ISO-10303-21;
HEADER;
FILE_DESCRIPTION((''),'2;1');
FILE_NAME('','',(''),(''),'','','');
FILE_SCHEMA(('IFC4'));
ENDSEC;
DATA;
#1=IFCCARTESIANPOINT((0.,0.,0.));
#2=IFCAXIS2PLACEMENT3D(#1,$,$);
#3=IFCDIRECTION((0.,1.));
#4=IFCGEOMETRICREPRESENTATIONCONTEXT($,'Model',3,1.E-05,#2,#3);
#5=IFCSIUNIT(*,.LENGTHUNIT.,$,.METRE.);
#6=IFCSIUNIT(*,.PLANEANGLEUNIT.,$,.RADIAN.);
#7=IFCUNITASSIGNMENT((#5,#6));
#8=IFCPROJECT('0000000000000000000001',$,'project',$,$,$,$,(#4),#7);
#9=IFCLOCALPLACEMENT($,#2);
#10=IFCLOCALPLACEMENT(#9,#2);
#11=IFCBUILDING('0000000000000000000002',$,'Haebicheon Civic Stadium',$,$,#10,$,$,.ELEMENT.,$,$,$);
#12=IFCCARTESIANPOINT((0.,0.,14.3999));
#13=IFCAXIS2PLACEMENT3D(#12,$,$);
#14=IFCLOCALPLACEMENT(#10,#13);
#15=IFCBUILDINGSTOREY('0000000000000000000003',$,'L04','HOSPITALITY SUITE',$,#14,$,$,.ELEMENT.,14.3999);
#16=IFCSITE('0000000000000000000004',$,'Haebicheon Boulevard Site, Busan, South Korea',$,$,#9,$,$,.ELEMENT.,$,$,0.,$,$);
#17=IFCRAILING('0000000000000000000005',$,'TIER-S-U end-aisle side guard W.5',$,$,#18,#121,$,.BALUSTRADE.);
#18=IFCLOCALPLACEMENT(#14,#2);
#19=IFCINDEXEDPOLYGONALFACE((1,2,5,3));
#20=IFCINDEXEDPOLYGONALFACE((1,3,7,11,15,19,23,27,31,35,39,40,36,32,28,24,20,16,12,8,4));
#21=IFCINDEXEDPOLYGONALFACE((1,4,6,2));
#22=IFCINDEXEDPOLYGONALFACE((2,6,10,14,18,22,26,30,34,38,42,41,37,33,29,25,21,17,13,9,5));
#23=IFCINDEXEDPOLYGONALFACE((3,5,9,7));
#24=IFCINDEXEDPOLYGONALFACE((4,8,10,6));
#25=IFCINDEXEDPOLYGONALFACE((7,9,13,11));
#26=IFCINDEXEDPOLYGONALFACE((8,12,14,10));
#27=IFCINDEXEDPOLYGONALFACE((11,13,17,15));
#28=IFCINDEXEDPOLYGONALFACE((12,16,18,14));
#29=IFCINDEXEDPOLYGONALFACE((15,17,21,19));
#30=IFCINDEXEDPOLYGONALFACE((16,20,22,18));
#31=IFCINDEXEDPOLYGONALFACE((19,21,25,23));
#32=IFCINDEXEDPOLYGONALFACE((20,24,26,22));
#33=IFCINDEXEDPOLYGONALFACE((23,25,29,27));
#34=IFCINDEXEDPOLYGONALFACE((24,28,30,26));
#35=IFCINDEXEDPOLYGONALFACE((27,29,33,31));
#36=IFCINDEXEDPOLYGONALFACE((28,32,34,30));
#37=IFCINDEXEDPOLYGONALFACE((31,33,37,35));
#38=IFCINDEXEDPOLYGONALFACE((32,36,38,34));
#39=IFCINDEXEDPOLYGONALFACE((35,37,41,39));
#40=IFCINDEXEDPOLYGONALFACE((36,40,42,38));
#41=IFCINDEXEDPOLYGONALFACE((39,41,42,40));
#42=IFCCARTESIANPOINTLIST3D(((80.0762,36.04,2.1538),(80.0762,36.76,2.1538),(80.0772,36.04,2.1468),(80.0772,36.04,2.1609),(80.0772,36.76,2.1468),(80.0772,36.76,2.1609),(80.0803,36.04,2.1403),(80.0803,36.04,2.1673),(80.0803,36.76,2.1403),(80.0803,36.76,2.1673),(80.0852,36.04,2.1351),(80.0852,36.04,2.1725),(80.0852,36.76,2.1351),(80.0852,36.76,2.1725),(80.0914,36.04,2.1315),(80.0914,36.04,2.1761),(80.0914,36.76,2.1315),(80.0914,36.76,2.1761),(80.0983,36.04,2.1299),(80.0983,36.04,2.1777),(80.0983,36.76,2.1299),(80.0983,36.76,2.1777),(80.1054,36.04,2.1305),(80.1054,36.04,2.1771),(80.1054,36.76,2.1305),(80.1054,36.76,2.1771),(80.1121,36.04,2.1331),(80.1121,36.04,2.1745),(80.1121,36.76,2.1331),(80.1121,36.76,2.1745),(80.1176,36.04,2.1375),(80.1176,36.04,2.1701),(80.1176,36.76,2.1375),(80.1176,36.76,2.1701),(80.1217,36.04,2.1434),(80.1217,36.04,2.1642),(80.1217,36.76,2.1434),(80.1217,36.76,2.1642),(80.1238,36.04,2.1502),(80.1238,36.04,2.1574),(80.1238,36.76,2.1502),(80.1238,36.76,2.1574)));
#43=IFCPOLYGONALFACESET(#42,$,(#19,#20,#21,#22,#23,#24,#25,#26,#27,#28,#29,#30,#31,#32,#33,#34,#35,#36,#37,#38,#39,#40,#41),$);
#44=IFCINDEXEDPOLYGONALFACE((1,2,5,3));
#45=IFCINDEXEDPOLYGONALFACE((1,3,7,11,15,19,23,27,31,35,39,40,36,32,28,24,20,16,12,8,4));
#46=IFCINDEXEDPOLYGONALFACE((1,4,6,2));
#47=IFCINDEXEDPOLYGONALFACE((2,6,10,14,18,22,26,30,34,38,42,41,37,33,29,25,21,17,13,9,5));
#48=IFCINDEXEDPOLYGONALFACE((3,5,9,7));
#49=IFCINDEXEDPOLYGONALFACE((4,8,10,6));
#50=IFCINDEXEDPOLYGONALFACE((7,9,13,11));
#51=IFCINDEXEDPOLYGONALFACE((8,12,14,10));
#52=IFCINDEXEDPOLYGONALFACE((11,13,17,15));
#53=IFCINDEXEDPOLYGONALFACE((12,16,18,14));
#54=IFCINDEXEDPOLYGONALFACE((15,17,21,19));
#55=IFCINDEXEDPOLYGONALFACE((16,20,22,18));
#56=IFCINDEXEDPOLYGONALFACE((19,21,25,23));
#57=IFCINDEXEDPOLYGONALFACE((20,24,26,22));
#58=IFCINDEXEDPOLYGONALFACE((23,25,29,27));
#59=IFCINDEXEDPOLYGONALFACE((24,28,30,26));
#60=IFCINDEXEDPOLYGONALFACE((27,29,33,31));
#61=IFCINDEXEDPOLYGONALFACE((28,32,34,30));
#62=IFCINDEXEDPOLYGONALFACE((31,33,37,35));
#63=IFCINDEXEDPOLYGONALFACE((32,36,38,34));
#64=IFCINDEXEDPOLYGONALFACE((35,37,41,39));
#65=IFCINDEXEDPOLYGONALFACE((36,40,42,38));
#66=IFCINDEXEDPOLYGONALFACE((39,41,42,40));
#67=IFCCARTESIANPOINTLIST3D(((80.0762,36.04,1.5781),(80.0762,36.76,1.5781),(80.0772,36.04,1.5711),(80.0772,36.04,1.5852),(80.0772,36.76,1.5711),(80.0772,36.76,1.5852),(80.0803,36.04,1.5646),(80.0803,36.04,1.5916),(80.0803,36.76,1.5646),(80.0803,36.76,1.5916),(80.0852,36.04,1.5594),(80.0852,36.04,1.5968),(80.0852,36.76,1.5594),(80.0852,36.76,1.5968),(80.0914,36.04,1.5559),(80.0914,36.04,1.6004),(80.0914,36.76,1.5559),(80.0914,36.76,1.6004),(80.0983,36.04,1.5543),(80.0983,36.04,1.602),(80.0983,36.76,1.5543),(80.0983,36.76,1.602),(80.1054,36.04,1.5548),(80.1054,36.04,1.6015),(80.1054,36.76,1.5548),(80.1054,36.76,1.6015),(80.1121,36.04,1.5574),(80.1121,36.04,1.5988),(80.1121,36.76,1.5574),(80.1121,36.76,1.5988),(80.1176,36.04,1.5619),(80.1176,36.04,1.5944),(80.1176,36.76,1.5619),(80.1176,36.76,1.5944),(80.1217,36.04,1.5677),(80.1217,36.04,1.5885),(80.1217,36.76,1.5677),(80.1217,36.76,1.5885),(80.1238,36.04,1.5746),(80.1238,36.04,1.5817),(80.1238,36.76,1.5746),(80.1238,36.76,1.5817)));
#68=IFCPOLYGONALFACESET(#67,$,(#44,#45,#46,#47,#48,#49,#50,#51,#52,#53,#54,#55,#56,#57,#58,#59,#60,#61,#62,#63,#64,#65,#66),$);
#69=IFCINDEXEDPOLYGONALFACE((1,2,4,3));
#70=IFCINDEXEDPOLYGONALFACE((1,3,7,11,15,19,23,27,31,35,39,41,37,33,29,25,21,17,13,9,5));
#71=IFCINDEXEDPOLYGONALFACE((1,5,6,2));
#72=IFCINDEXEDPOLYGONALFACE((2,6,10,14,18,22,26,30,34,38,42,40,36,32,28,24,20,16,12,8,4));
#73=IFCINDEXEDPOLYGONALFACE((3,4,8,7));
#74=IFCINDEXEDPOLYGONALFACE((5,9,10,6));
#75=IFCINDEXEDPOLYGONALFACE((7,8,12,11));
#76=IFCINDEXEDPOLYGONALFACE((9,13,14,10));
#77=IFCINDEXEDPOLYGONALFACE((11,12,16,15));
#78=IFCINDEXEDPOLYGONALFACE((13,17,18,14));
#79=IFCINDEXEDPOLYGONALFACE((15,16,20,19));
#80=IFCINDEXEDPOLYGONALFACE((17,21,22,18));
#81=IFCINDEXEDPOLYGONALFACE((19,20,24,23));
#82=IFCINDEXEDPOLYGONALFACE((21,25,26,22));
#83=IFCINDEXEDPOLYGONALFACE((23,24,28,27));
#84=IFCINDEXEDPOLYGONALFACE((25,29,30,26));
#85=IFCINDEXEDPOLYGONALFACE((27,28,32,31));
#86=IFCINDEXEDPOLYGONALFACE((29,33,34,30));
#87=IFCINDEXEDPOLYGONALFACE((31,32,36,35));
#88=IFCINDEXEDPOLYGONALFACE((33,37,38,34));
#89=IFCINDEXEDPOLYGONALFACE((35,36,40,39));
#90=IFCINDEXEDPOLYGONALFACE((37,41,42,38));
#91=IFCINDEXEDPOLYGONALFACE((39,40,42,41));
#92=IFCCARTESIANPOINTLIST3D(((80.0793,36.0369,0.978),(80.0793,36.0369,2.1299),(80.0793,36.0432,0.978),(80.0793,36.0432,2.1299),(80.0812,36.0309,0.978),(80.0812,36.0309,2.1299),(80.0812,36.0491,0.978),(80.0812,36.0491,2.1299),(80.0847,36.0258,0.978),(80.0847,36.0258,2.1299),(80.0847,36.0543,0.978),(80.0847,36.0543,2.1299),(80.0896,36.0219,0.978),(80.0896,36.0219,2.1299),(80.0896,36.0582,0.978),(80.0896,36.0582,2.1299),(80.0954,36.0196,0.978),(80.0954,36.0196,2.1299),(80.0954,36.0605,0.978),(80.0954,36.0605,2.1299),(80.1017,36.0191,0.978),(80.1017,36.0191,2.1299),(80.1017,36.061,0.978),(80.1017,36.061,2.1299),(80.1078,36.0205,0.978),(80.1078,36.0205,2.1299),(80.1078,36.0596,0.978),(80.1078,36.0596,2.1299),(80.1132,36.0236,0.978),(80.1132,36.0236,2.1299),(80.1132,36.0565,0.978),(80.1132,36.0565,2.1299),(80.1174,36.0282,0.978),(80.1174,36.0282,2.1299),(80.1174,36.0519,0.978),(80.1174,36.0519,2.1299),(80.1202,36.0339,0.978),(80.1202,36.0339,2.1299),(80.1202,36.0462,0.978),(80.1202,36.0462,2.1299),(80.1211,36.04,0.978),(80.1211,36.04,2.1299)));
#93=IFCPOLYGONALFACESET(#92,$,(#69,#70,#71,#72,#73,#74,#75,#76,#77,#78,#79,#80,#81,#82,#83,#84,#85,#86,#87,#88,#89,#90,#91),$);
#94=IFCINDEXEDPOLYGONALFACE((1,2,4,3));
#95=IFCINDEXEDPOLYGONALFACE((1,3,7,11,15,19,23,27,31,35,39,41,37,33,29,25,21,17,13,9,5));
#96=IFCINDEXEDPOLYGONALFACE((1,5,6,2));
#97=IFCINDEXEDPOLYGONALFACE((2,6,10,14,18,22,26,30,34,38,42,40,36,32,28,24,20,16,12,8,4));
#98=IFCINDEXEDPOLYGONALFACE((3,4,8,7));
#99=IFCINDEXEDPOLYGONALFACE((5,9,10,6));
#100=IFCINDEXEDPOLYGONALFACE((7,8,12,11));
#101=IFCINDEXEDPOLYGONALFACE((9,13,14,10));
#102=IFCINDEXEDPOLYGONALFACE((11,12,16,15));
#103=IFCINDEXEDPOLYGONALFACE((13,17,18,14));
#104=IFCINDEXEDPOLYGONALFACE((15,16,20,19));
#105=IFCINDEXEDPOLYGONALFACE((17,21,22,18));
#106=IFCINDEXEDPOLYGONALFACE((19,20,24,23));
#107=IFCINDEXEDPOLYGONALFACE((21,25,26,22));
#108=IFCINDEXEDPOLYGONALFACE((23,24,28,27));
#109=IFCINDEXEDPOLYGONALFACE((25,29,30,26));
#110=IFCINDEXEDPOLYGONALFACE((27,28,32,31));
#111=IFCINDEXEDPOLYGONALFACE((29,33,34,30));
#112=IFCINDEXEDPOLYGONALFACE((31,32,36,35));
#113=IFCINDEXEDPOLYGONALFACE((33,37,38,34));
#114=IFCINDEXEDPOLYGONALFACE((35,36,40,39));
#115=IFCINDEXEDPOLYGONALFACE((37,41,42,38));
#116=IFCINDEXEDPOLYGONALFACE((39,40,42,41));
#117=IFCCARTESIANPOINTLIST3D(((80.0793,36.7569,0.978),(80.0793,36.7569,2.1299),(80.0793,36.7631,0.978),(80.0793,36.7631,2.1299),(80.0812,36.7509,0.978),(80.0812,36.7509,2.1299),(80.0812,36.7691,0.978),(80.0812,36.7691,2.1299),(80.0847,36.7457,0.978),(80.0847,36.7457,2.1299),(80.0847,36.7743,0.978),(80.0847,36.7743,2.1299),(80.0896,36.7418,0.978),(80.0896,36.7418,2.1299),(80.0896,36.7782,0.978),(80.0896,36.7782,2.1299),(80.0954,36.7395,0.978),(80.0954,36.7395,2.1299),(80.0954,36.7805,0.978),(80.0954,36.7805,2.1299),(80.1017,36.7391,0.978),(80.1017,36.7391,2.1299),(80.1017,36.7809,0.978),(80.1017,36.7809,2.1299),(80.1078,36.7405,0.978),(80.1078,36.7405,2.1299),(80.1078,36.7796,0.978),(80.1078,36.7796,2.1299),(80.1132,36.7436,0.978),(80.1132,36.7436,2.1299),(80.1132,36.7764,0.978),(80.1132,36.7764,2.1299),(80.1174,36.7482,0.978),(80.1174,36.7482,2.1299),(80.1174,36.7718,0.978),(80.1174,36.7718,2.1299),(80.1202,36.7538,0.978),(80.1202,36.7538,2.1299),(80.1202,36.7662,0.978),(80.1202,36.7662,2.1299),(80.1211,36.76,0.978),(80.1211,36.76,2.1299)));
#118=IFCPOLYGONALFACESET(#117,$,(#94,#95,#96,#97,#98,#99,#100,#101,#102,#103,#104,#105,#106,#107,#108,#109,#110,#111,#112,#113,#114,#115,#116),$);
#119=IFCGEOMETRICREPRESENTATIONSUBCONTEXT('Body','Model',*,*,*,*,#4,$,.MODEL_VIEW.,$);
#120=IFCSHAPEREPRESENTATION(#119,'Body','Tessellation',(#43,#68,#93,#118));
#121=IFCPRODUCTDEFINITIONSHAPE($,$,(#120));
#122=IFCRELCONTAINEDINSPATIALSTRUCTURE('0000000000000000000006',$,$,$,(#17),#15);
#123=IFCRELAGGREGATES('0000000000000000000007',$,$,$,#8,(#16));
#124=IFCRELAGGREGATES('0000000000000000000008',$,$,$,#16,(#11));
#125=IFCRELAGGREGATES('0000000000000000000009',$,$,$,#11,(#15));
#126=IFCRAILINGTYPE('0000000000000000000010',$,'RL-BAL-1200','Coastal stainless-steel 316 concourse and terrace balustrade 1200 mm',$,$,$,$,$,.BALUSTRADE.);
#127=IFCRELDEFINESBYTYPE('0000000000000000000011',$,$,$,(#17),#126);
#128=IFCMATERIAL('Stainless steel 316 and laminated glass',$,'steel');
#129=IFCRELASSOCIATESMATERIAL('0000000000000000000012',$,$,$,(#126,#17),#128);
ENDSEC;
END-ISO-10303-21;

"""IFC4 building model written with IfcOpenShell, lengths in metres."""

from ifc_helpers import new_model, si_unit, direction, frame, origin, origin_2d, place, context, subcontext, project, spatial, circle, extrude, material, type_object, element, save


model = new_model("IFC4")

# Units and contexts
model_context = context("Model", 3, precision=1e-05, world=origin(), true_north=direction((0.0, 1.0)))
body_context = subcontext(model_context, "Body", "Model", "MODEL_VIEW")
ifc_project = project(units=[si_unit("LENGTHUNIT", "METRE"), si_unit("PLANEANGLEUNIT", "RADIAN")], contexts=[model_context])

# Site, building, storey
site_placement = place(None, origin())
site = spatial("IfcSite", under=ifc_project, at=site_placement, Name="Haebicheon Boulevard Site, Busan, South Korea", CompositionType="ELEMENT", RefElevation=0.0)
building_placement = place(site_placement, origin())
building = spatial("IfcBuilding", under=site, at=building_placement, Name="Haebicheon Civic Stadium", CompositionType="ELEMENT")
storey_placement = place(building_placement, frame((0.0, 0.0, 14.3999)))
storey = spatial("IfcBuildingStorey", under=building, at=storey_placement, Name="L04", Description="HOSPITALITY SUITE", CompositionType="ELEMENT", Elevation=14.3999)

# Railing
ifc_material_1 = material(Name="Stainless steel 316 and laminated glass", Category="steel")
railing_type = type_object("IfcRailingType", Name="RL-BAL-1200", Description="Coastal stainless-steel 316 concourse and terrace balustrade 1200 mm", PredefinedType="BALUSTRADE", material=ifc_material_1)
for number, where, name in (
    (1, (80.1001, 36.04, 0.978), "TIER-S-U end-aisle side guard W.5"),
):
    element("IfcRailing", number, at=place(storey_placement, frame(where)), inside=storey, type_object=railing_type, material=ifc_material_1, Name=name, PredefinedType="BALUSTRADE", context=body_context, shape_type="SweptSolid", body=[
        extrude(circle(Radius=0.0239, at=origin_2d()), frame((0.0, 0.0, 1.1758), z_axis=(0.0, 1.0, 0.0), x_axis=(-1.0, 0.0, 0.0)), (0.0, 0.0, 1.0), 0.72),
        extrude(circle(Radius=0.0239, at=origin_2d()), frame((0.0, 0.0, 0.6001), z_axis=(0.0, 1.0, 0.0), x_axis=(-1.0, 0.0, 0.0)), (0.0, 0.0, 1.0), 0.72),
        extrude(circle(Radius=0.021, at=origin_2d()), origin(), (0.0, 0.0, 1.0), 1.1519),
        extrude(circle(Radius=0.021, at=origin_2d()), frame((0.0, 0.72, 0.0)), (0.0, 0.0, 1.0), 1.1519),
    ])

save(model, "model.ifc")
